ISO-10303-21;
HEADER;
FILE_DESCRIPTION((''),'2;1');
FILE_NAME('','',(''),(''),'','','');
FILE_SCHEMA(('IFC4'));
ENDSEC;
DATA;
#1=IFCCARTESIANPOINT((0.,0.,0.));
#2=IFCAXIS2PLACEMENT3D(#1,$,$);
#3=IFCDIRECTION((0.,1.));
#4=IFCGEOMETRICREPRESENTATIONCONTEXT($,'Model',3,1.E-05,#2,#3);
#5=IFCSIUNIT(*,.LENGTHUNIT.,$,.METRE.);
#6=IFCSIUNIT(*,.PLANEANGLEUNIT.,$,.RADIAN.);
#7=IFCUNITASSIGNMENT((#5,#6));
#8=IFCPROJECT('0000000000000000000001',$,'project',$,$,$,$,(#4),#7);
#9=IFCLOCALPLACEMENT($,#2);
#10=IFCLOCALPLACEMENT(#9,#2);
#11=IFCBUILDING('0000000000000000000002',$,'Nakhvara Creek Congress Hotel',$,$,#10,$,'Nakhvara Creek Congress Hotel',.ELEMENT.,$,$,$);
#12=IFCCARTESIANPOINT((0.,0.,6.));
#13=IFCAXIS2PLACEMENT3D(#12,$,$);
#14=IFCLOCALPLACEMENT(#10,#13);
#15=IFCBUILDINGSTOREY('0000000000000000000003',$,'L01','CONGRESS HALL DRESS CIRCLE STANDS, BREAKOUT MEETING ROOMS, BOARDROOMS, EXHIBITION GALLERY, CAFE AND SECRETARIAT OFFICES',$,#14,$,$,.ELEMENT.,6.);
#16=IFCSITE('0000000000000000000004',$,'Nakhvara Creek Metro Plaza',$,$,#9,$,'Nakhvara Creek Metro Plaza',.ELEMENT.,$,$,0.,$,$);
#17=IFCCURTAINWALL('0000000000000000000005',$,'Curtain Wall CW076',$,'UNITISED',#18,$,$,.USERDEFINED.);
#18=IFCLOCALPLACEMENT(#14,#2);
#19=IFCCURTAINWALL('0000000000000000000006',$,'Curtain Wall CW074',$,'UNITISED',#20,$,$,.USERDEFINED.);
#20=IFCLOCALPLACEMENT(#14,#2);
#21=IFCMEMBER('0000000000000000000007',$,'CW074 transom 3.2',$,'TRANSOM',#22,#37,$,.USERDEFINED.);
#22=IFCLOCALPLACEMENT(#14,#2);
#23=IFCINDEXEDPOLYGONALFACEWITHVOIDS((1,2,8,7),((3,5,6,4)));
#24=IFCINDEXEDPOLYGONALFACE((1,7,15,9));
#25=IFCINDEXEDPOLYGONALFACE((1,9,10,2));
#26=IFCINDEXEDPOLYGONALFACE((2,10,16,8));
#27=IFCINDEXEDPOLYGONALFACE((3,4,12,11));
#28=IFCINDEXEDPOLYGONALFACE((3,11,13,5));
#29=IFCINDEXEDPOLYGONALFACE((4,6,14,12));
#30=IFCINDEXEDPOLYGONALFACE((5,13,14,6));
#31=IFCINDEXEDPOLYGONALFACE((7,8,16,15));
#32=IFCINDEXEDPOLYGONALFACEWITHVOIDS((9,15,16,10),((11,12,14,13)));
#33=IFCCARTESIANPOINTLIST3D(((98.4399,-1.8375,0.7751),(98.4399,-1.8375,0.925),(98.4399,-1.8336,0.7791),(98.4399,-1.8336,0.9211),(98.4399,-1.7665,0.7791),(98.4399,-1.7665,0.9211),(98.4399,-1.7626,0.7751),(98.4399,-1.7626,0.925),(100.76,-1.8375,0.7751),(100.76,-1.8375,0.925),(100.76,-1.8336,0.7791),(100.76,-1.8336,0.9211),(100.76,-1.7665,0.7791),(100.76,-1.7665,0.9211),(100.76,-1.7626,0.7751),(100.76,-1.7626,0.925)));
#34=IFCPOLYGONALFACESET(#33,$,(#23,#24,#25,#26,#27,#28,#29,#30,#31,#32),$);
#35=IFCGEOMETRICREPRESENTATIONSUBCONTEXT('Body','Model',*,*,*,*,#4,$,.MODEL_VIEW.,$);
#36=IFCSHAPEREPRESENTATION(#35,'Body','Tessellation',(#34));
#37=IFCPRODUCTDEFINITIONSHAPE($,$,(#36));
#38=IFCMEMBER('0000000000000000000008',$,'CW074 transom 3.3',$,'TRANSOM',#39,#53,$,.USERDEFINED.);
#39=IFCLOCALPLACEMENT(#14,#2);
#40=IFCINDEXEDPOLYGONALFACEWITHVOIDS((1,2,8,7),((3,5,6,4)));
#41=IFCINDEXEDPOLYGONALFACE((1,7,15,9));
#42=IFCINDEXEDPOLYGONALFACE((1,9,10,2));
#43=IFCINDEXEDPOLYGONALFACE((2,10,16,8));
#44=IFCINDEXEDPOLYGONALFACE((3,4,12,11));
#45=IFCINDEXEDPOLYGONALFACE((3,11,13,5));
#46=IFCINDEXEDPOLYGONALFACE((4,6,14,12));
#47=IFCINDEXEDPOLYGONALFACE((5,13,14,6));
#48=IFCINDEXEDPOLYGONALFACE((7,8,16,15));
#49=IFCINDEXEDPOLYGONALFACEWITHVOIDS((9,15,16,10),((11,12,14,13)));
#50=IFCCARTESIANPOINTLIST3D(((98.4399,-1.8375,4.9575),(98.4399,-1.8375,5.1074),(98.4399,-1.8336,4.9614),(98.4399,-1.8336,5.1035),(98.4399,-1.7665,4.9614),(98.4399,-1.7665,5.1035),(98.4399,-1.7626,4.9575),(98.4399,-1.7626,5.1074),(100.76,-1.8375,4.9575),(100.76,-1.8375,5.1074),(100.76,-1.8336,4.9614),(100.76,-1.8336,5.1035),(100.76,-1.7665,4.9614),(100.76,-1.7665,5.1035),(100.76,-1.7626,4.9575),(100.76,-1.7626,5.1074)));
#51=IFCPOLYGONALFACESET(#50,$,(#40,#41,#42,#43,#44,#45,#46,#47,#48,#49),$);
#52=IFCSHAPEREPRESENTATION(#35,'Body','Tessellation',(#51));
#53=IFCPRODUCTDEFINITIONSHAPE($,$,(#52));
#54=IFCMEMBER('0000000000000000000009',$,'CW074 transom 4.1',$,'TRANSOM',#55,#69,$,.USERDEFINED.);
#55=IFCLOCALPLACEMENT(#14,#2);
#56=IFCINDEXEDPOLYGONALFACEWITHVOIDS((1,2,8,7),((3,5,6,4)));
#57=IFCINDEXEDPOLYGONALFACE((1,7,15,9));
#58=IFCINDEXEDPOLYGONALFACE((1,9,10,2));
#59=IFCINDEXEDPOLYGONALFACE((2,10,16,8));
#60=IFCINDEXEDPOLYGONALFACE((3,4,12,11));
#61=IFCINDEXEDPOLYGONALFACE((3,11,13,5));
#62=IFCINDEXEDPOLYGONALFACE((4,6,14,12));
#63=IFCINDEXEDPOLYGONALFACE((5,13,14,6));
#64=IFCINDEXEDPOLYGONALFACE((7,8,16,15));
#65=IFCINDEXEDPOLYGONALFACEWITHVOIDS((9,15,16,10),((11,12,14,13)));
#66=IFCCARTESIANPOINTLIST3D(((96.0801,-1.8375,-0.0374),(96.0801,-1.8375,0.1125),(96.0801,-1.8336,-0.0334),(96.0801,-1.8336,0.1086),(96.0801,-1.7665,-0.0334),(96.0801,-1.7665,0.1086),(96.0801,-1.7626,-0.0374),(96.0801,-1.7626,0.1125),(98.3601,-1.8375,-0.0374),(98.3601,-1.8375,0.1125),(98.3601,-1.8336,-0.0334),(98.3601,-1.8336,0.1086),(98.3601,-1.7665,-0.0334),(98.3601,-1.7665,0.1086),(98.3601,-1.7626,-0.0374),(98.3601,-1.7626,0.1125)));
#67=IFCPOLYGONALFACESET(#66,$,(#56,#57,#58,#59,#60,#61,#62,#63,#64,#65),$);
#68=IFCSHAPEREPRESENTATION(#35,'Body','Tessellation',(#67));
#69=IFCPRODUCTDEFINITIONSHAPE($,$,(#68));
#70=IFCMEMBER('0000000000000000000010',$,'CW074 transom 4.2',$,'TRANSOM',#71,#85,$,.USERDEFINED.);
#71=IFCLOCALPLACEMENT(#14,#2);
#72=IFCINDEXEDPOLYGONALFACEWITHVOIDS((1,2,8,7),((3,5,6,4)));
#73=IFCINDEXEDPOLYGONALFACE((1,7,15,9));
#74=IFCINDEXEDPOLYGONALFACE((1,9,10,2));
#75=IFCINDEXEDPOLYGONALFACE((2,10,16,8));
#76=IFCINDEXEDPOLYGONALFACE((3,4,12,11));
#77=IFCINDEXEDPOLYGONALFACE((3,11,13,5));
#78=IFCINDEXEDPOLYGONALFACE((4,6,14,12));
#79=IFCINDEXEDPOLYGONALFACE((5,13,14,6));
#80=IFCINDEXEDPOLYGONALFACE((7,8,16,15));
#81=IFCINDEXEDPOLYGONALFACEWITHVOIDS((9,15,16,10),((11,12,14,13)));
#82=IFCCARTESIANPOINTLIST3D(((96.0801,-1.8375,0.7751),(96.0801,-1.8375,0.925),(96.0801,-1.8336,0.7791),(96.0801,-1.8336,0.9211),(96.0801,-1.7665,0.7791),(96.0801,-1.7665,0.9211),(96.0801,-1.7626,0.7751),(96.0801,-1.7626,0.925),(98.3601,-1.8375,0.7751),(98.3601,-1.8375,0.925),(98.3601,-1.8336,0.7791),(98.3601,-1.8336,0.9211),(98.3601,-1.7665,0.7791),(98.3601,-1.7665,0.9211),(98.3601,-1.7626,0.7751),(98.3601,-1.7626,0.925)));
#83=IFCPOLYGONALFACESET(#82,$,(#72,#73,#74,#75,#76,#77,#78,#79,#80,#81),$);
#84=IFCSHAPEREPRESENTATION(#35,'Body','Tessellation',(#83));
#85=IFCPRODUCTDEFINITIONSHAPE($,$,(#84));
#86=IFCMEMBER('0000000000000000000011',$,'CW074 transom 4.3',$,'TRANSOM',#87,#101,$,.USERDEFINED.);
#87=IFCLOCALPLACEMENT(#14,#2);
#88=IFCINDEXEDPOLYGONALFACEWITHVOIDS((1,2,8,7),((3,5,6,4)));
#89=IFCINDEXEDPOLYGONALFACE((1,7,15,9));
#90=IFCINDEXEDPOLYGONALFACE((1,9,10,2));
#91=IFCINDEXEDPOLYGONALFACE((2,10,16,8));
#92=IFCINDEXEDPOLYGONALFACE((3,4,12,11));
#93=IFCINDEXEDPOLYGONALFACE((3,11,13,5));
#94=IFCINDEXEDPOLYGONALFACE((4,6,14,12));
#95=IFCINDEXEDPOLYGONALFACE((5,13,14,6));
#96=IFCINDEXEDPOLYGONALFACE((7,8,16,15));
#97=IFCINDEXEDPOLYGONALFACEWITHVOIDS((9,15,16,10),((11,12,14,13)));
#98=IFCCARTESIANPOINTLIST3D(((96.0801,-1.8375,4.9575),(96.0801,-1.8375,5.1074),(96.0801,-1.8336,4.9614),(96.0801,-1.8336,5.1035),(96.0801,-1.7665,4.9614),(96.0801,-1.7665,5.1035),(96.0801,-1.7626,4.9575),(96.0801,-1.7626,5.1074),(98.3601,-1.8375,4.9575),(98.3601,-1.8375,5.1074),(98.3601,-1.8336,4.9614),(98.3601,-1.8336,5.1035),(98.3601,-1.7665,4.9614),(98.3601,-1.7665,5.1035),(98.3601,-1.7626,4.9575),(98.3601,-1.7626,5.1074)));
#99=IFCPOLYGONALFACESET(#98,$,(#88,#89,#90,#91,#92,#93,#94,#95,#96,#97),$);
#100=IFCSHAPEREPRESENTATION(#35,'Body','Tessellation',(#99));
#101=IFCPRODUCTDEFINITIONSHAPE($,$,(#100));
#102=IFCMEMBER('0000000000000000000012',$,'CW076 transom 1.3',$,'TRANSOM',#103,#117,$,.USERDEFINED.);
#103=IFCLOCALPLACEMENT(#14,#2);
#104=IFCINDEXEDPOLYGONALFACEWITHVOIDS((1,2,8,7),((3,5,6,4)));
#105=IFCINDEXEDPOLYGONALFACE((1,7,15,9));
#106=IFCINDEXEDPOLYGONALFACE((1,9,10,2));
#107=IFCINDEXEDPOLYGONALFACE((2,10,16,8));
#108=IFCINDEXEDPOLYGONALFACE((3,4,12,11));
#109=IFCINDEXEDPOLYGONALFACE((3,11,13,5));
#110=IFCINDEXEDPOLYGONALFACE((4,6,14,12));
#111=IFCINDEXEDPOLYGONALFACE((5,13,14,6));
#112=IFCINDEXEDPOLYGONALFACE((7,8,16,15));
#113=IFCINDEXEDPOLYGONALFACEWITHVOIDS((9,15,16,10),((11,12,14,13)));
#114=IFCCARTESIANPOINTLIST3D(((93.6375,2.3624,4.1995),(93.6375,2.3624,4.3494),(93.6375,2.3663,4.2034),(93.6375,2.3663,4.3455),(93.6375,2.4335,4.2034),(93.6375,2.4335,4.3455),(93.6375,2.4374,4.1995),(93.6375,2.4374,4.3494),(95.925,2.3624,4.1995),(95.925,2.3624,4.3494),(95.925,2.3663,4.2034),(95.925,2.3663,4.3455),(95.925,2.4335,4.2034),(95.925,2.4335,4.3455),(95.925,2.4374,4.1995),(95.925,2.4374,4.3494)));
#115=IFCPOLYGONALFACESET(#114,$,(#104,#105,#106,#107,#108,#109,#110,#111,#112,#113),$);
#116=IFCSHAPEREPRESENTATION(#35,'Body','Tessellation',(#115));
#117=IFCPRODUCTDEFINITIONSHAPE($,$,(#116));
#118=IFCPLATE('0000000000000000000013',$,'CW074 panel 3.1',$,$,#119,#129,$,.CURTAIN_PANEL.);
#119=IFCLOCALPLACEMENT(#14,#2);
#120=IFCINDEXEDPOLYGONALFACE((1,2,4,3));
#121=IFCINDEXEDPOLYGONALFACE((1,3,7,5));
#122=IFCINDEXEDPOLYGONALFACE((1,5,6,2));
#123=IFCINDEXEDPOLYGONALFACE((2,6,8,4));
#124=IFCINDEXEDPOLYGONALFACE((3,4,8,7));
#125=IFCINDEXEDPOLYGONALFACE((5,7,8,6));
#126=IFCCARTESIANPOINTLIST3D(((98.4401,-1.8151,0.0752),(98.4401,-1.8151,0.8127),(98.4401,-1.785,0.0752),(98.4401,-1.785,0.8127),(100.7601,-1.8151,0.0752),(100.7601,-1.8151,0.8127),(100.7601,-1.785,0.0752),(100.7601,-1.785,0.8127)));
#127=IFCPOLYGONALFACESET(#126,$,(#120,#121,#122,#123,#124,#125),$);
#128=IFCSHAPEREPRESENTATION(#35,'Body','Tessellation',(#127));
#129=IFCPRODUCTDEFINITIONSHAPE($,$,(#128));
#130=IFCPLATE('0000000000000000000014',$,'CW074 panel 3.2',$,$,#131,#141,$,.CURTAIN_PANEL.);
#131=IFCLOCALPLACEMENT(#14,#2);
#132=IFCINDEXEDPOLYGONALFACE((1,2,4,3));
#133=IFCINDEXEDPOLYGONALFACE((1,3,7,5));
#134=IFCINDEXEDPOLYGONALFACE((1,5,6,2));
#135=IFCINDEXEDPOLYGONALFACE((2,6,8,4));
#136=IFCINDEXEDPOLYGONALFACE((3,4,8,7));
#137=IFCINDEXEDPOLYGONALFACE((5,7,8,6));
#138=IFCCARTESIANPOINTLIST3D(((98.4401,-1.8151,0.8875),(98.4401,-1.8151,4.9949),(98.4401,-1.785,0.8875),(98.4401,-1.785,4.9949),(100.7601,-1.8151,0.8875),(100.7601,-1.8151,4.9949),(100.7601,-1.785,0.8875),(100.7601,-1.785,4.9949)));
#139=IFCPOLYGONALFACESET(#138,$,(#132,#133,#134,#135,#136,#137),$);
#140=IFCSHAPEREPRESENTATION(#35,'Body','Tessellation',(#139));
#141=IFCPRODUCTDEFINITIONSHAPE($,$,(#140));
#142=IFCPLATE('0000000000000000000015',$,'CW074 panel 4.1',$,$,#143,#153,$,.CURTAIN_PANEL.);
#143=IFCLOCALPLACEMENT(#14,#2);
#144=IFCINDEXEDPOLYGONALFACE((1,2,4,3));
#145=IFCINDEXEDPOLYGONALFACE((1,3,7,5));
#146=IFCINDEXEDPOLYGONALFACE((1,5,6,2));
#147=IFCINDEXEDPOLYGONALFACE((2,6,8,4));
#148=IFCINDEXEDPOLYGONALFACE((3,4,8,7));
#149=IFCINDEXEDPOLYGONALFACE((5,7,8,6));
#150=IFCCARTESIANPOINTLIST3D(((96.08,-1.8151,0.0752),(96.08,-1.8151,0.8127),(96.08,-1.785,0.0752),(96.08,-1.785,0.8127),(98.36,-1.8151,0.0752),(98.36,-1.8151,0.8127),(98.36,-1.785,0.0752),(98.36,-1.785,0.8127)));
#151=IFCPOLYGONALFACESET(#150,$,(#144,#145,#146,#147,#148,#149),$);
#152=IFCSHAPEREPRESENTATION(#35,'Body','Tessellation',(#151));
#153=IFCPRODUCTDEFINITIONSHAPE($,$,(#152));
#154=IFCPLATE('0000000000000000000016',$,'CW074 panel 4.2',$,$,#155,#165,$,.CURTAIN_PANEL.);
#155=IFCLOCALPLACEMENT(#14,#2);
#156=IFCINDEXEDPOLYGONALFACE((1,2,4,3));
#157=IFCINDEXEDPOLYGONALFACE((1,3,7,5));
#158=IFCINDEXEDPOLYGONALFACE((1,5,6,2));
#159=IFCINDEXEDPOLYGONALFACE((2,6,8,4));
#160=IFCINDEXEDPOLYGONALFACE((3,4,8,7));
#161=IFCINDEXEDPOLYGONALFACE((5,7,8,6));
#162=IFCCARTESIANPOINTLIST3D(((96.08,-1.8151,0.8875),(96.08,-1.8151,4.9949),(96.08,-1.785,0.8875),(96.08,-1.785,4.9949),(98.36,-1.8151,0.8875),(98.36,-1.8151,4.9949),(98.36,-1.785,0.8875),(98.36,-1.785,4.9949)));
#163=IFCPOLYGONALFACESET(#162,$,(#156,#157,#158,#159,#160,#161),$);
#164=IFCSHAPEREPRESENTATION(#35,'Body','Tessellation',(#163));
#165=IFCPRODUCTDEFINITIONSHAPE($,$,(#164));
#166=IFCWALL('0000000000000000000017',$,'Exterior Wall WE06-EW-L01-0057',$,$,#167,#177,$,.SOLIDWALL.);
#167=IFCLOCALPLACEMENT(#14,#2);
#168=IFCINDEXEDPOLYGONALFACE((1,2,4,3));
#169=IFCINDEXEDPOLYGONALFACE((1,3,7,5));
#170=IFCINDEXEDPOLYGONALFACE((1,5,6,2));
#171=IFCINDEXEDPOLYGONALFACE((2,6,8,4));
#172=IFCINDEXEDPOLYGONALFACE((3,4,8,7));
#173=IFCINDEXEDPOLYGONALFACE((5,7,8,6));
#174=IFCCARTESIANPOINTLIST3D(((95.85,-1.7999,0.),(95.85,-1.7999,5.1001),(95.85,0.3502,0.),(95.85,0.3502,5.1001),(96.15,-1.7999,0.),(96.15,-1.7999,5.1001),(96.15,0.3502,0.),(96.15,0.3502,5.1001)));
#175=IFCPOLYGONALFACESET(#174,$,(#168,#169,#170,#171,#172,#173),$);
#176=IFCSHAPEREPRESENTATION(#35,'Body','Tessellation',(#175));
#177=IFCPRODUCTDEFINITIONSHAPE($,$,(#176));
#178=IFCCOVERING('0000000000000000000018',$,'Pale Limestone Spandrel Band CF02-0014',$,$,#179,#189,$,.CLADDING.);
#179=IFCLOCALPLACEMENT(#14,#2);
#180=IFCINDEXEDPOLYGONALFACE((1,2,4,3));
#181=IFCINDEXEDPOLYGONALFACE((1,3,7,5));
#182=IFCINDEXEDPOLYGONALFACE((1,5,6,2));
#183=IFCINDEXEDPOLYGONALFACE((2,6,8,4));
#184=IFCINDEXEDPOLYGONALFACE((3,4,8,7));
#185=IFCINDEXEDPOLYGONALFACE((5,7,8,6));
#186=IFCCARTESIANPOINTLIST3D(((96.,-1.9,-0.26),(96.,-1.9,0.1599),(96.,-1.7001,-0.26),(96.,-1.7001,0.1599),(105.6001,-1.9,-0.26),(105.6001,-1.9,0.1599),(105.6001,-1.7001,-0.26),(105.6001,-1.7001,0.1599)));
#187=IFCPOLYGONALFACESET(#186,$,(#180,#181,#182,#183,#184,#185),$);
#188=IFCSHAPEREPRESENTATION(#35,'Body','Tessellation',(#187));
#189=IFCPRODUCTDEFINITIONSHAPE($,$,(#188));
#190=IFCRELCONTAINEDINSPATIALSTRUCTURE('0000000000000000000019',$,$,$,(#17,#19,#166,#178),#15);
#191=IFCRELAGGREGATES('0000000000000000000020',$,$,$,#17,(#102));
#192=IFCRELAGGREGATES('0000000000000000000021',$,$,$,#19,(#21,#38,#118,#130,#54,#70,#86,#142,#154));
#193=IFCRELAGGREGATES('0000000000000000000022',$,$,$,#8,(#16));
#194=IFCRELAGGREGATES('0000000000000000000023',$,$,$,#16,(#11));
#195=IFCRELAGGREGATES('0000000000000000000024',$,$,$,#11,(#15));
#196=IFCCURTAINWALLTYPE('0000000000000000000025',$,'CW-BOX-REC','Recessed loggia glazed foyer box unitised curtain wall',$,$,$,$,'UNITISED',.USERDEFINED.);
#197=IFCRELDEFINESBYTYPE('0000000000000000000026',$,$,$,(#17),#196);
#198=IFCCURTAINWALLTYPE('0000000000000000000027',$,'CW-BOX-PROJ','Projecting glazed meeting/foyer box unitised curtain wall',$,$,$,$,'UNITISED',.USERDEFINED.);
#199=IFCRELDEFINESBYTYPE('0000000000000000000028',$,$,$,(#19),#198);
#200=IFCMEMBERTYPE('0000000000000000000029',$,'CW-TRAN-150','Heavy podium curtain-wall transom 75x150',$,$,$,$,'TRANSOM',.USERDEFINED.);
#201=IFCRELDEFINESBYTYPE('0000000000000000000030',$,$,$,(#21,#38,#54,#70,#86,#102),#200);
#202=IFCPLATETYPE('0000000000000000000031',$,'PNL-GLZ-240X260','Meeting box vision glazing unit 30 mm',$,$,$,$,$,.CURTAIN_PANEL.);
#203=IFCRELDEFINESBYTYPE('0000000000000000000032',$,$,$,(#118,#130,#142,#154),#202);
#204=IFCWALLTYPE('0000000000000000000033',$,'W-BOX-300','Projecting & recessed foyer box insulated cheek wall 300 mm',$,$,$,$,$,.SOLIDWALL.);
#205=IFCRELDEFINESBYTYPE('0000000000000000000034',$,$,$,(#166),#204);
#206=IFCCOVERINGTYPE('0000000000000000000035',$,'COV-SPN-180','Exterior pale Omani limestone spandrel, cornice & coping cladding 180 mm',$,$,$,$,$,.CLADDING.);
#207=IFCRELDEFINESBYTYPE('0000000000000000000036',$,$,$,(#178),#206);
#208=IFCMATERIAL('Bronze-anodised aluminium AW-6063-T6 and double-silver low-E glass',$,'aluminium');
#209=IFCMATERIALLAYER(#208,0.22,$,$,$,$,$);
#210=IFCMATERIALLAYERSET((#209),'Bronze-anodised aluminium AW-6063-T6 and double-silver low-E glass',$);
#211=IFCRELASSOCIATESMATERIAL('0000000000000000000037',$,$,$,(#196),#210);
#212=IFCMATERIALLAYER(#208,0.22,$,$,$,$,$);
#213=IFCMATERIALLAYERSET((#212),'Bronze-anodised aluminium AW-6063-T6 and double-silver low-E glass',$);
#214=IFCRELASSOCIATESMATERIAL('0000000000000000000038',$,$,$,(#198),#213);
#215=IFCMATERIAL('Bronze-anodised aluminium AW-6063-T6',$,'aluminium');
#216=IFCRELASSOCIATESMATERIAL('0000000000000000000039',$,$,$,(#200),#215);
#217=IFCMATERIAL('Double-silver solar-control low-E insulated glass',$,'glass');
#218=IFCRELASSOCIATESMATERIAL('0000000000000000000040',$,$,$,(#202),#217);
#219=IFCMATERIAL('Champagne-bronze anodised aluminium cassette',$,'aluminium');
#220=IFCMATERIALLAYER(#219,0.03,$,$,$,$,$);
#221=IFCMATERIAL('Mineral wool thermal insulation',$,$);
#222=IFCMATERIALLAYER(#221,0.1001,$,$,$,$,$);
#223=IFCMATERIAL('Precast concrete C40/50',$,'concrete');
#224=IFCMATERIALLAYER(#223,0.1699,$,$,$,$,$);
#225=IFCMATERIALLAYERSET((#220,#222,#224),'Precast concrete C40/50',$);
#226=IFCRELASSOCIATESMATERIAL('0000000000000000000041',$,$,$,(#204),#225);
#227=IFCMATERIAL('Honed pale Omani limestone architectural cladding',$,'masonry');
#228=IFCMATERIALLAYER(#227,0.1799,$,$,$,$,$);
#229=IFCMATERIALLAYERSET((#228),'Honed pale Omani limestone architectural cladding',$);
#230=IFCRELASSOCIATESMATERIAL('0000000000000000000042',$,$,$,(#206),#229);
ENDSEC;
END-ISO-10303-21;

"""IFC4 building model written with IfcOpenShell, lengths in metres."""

from ifc_helpers import new_model, si_unit, direction, frame, frame_2d, origin, origin_2d, place, context, subcontext, project, spatial, rectangle, hollow_rectangle, extrude, material, layer, layer_set, material_profile, profile_set, type_object, element, aggregate, save


model = new_model("IFC4")

# Units and contexts
model_context = context("Model", 3, precision=1e-05, world=origin(), true_north=direction((0.0, 1.0)))
body_context = subcontext(model_context, "Body", "Model", "MODEL_VIEW")
ifc_project = project(units=[si_unit("LENGTHUNIT", "METRE"), si_unit("PLANEANGLEUNIT", "RADIAN")], contexts=[model_context])

# Site, building, storey
site_placement = place(None, origin())
site = spatial("IfcSite", under=ifc_project, at=site_placement, Name="Nakhvara Creek Metro Plaza", LongName="Nakhvara Creek Metro Plaza", CompositionType="ELEMENT", RefElevation=0.0)
building_placement = place(site_placement, origin())
building = spatial("IfcBuilding", under=site, at=building_placement, Name="Nakhvara Creek Congress Hotel", LongName="Nakhvara Creek Congress Hotel", CompositionType="ELEMENT")
storey_placement = place(building_placement, frame((0.0, 0.0, 6.0)))
storey = spatial("IfcBuildingStorey", under=building, at=storey_placement, Name="L01", Description="CONGRESS HALL DRESS CIRCLE STANDS, BREAKOUT MEETING ROOMS, BOARDROOMS, EXHIBITION GALLERY, CAFE AND SECRETARIAT OFFICES", CompositionType="ELEMENT", Elevation=6.0)

# Curtain wall
ifc_material_1 = material(Name="Bronze-anodised aluminium AW-6063-T6 and double-silver low-E glass", Category="aluminium")
ifc_layer_1 = layer(ifc_material_1, 0.22)
ifc_layer_set_1 = layer_set([ifc_layer_1], Name="Bronze-anodised aluminium AW-6063-T6 and double-silver low-E glass")
curtain_wall_type_1 = type_object("IfcCurtainWallType", Name="CW-BOX-REC", Description="Recessed loggia glazed foyer box unitised curtain wall", ElementType="UNITISED", PredefinedType="USERDEFINED", material=ifc_layer_set_1)
curtain_wall_1_placement = place(storey_placement, origin())
curtain_wall_1 = element("IfcCurtainWall", 1, at=curtain_wall_1_placement, inside=storey, type_object=curtain_wall_type_1, Name="Curtain Wall CW076", ObjectType="UNITISED", PredefinedType="USERDEFINED")
ifc_material_2 = material(Name="Bronze-anodised aluminium AW-6063-T6", Category="aluminium")

# Curtain wall, members
ifc_layer_2 = layer(ifc_material_1, 0.22)
ifc_layer_set_2 = layer_set([ifc_layer_2], Name="Bronze-anodised aluminium AW-6063-T6 and double-silver low-E glass")
curtain_wall_type_2 = type_object("IfcCurtainWallType", Name="CW-BOX-PROJ", Description="Projecting glazed meeting/foyer box unitised curtain wall", ElementType="UNITISED", PredefinedType="USERDEFINED", material=ifc_layer_set_2)
curtain_wall_2_placement = place(storey_placement, origin())
curtain_wall_2 = element("IfcCurtainWall", 2, at=curtain_wall_2_placement, inside=storey, type_object=curtain_wall_type_2, Name="Curtain Wall CW074", ObjectType="UNITISED", PredefinedType="USERDEFINED")
ifc_material_profile_1 = material_profile(ifc_material_2, hollow_rectangle(XDim=0.075, YDim=0.1499, WallThickness=0.0039, at=origin_2d()), Name="ALU-TRAN 75x150x4", Category="LoadBearing")
ifc_profile_set_1 = profile_set([ifc_material_profile_1], Name="Bronze-anodised aluminium AW-6063-T6")
member_type_1 = type_object("IfcMemberType", Name="CW-TRAN-150", Description="Heavy podium curtain-wall transom 75x150", ElementType="TRANSOM", PredefinedType="USERDEFINED", material=ifc_profile_set_1)
member_1_placement = place(storey_placement, frame((100.76, -1.8, 0.8501), z_axis=(-1.0, 0.0, 0.0), x_axis=(0.0, -1.0, 0.0)))
member_1 = element("IfcMember", 3, at=member_1_placement, type_object=member_type_1, Name="CW074 transom 3.2", ObjectType="TRANSOM", PredefinedType="USERDEFINED", context=body_context, shape_type="SweptSolid", body=[
    extrude(hollow_rectangle(XDim=0.075, YDim=0.1499, WallThickness=0.0039, at=origin_2d()), origin(), (0.0, 0.0, 1.0), 2.3201),
])
member_2_placement = place(storey_placement, frame((100.76, -1.8, 5.0325), z_axis=(-1.0, 0.0, 0.0), x_axis=(0.0, -1.0, 0.0)))
member_2 = element("IfcMember", 4, at=member_2_placement, type_object=member_type_1, Name="CW074 transom 3.3", ObjectType="TRANSOM", PredefinedType="USERDEFINED", context=body_context, shape_type="SweptSolid", body=[
    extrude(hollow_rectangle(XDim=0.075, YDim=0.1499, WallThickness=0.0039, at=origin_2d()), origin(), (0.0, 0.0, 1.0), 2.3201),
])
member_3_placement = place(storey_placement, frame((98.3601, -1.8, 0.0376), z_axis=(-1.0, 0.0, 0.0), x_axis=(0.0, -1.0, 0.0)))
member_3 = element("IfcMember", 5, at=member_3_placement, type_object=member_type_1, Name="CW074 transom 4.1", ObjectType="TRANSOM", PredefinedType="USERDEFINED", context=body_context, shape_type="SweptSolid", body=[
    extrude(hollow_rectangle(XDim=0.075, YDim=0.1499, WallThickness=0.0039, at=origin_2d()), origin(), (0.0, 0.0, 1.0), 2.28),
])
member_4_placement = place(storey_placement, frame((98.3601, -1.8, 0.8501), z_axis=(-1.0, 0.0, 0.0), x_axis=(0.0, -1.0, 0.0)))
member_4 = element("IfcMember", 6, at=member_4_placement, type_object=member_type_1, Name="CW074 transom 4.2", ObjectType="TRANSOM", PredefinedType="USERDEFINED", context=body_context, shape_type="SweptSolid", body=[
    extrude(hollow_rectangle(XDim=0.075, YDim=0.1499, WallThickness=0.0039, at=origin_2d()), origin(), (0.0, 0.0, 1.0), 2.28),
])
member_5_placement = place(storey_placement, frame((98.3601, -1.8, 5.0325), z_axis=(-1.0, 0.0, 0.0), x_axis=(0.0, -1.0, 0.0)))
member_5 = element("IfcMember", 7, at=member_5_placement, type_object=member_type_1, Name="CW074 transom 4.3", ObjectType="TRANSOM", PredefinedType="USERDEFINED", context=body_context, shape_type="SweptSolid", body=[
    extrude(hollow_rectangle(XDim=0.075, YDim=0.1499, WallThickness=0.0039, at=origin_2d()), origin(), (0.0, 0.0, 1.0), 2.28),
])

# Member
member_6_placement = place(storey_placement, frame((95.925, 2.3999, 4.2744), z_axis=(-1.0, 0.0, 0.0), x_axis=(0.0, -1.0, 0.0)))
member_6 = element("IfcMember", 8, at=member_6_placement, type_object=member_type_1, Name="CW076 transom 1.3", ObjectType="TRANSOM", PredefinedType="USERDEFINED", context=body_context, shape_type="SweptSolid", body=[
    extrude(hollow_rectangle(XDim=0.075, YDim=0.1499, WallThickness=0.0039, at=origin_2d()), origin(), (0.0, 0.0, 1.0), 2.2876),
])
aggregate(curtain_wall_1, [member_6])

# Plates
ifc_material_3 = material(Name="Double-silver solar-control low-E insulated glass", Category="glass")
plate_type = type_object("IfcPlateType", Name="PNL-GLZ-240X260", Description="Meeting box vision glazing unit 30 mm", PredefinedType="CURTAIN_PANEL", material=ifc_material_3)
plate_1_placement = place(storey_placement, frame((99.6001, -1.8, 0.0752), z_axis=(0.0, 0.0, 1.0), x_axis=(-1.0, 0.0, 0.0)))
plate_1 = element("IfcPlate", 9, at=plate_1_placement, type_object=plate_type, Name="CW074 panel 3.1", PredefinedType="CURTAIN_PANEL", context=body_context, shape_type="SweptSolid", body=[
    extrude(rectangle(XDim=2.3201, YDim=0.03, at=origin_2d()), origin(), (0.0, 0.0, 1.0), 0.7375),
])
plate_2_placement = place(storey_placement, frame((99.6001, -1.8, 0.8875), z_axis=(0.0, 0.0, 1.0), x_axis=(-1.0, 0.0, 0.0)))
plate_2 = element("IfcPlate", 10, at=plate_2_placement, type_object=plate_type, Name="CW074 panel 3.2", PredefinedType="CURTAIN_PANEL", context=body_context, shape_type="SweptSolid", body=[
    extrude(rectangle(XDim=2.3201, YDim=0.03, at=origin_2d()), origin(), (0.0, 0.0, 1.0), 4.1074),
])
plate_3_placement = place(storey_placement, frame((97.22, -1.8, 0.0752), z_axis=(0.0, 0.0, 1.0), x_axis=(-1.0, 0.0, 0.0)))
plate_3 = element("IfcPlate", 11, at=plate_3_placement, type_object=plate_type, Name="CW074 panel 4.1", PredefinedType="CURTAIN_PANEL", context=body_context, shape_type="SweptSolid", body=[
    extrude(rectangle(XDim=2.28, YDim=0.03, at=origin_2d()), origin(), (0.0, 0.0, 1.0), 0.7375),
])
plate_4_placement = place(storey_placement, frame((97.22, -1.8, 0.8875), z_axis=(0.0, 0.0, 1.0), x_axis=(-1.0, 0.0, 0.0)))
plate_4 = element("IfcPlate", 12, at=plate_4_placement, type_object=plate_type, Name="CW074 panel 4.2", PredefinedType="CURTAIN_PANEL", context=body_context, shape_type="SweptSolid", body=[
    extrude(rectangle(XDim=2.28, YDim=0.03, at=origin_2d()), origin(), (0.0, 0.0, 1.0), 4.1074),
])
aggregate(curtain_wall_2, [member_1, member_2, plate_1, plate_2, member_3, member_4, member_5, plate_3, plate_4])

# Wall
ifc_material_4 = material(Name="Champagne-bronze anodised aluminium cassette", Category="aluminium")
ifc_layer_3 = layer(ifc_material_4, 0.03)
ifc_material_5 = material(Name="Mineral wool thermal insulation")
ifc_layer_4 = layer(ifc_material_5, 0.1001)
ifc_material_6 = material(Name="Precast concrete C40/50", Category="concrete")
ifc_layer_5 = layer(ifc_material_6, 0.1699)
ifc_layer_set_3 = layer_set([ifc_layer_3, ifc_layer_4, ifc_layer_5], Name="Precast concrete C40/50")
wall_type = type_object("IfcWallType", Name="W-BOX-300", Description="Projecting & recessed foyer box insulated cheek wall 300 mm", PredefinedType="SOLIDWALL", material=ifc_layer_set_3)
wall_placement = place(storey_placement, frame((96.0, -1.8, 0.0), z_axis=(0.0, 0.0, 1.0), x_axis=(0.0, 1.0, 0.0)))
element("IfcWall", 13, at=wall_placement, inside=storey, type_object=wall_type, Name="Exterior Wall WE06-EW-L01-0057", PredefinedType="SOLIDWALL", context=body_context, shape_type="SweptSolid", body=[
    extrude(rectangle(XDim=2.1501, YDim=0.3, at=frame_2d((1.0752, 0.0))), origin(), (0.0, 0.0, 1.0), 5.1001),
])

# Covering
ifc_material_7 = material(Name="Honed pale Omani limestone architectural cladding", Category="masonry")
ifc_layer_6 = layer(ifc_material_7, 0.1799)
ifc_layer_set_4 = layer_set([ifc_layer_6], Name="Honed pale Omani limestone architectural cladding")
covering_type = type_object("IfcCoveringType", Name="COV-SPN-180", Description="Exterior pale Omani limestone spandrel, cornice & coping cladding 180 mm", PredefinedType="CLADDING", material=ifc_layer_set_4)
covering_1_placement = place(storey_placement, frame((100.8, -1.8, -0.26), z_axis=(0.0, 0.0, 1.0), x_axis=(1.0, 0.0, 0.0)))
element("IfcCovering", 14, at=covering_1_placement, inside=storey, type_object=covering_type, Name="Pale Limestone Spandrel Band CF02-0014", PredefinedType="CLADDING", context=body_context, shape_type="SweptSolid", body=[
    extrude(rectangle(XDim=9.6001, YDim=0.2, at=origin_2d()), origin(), (0.0, 0.0, 1.0), 0.4199),
])

save(model, "model.ifc")
